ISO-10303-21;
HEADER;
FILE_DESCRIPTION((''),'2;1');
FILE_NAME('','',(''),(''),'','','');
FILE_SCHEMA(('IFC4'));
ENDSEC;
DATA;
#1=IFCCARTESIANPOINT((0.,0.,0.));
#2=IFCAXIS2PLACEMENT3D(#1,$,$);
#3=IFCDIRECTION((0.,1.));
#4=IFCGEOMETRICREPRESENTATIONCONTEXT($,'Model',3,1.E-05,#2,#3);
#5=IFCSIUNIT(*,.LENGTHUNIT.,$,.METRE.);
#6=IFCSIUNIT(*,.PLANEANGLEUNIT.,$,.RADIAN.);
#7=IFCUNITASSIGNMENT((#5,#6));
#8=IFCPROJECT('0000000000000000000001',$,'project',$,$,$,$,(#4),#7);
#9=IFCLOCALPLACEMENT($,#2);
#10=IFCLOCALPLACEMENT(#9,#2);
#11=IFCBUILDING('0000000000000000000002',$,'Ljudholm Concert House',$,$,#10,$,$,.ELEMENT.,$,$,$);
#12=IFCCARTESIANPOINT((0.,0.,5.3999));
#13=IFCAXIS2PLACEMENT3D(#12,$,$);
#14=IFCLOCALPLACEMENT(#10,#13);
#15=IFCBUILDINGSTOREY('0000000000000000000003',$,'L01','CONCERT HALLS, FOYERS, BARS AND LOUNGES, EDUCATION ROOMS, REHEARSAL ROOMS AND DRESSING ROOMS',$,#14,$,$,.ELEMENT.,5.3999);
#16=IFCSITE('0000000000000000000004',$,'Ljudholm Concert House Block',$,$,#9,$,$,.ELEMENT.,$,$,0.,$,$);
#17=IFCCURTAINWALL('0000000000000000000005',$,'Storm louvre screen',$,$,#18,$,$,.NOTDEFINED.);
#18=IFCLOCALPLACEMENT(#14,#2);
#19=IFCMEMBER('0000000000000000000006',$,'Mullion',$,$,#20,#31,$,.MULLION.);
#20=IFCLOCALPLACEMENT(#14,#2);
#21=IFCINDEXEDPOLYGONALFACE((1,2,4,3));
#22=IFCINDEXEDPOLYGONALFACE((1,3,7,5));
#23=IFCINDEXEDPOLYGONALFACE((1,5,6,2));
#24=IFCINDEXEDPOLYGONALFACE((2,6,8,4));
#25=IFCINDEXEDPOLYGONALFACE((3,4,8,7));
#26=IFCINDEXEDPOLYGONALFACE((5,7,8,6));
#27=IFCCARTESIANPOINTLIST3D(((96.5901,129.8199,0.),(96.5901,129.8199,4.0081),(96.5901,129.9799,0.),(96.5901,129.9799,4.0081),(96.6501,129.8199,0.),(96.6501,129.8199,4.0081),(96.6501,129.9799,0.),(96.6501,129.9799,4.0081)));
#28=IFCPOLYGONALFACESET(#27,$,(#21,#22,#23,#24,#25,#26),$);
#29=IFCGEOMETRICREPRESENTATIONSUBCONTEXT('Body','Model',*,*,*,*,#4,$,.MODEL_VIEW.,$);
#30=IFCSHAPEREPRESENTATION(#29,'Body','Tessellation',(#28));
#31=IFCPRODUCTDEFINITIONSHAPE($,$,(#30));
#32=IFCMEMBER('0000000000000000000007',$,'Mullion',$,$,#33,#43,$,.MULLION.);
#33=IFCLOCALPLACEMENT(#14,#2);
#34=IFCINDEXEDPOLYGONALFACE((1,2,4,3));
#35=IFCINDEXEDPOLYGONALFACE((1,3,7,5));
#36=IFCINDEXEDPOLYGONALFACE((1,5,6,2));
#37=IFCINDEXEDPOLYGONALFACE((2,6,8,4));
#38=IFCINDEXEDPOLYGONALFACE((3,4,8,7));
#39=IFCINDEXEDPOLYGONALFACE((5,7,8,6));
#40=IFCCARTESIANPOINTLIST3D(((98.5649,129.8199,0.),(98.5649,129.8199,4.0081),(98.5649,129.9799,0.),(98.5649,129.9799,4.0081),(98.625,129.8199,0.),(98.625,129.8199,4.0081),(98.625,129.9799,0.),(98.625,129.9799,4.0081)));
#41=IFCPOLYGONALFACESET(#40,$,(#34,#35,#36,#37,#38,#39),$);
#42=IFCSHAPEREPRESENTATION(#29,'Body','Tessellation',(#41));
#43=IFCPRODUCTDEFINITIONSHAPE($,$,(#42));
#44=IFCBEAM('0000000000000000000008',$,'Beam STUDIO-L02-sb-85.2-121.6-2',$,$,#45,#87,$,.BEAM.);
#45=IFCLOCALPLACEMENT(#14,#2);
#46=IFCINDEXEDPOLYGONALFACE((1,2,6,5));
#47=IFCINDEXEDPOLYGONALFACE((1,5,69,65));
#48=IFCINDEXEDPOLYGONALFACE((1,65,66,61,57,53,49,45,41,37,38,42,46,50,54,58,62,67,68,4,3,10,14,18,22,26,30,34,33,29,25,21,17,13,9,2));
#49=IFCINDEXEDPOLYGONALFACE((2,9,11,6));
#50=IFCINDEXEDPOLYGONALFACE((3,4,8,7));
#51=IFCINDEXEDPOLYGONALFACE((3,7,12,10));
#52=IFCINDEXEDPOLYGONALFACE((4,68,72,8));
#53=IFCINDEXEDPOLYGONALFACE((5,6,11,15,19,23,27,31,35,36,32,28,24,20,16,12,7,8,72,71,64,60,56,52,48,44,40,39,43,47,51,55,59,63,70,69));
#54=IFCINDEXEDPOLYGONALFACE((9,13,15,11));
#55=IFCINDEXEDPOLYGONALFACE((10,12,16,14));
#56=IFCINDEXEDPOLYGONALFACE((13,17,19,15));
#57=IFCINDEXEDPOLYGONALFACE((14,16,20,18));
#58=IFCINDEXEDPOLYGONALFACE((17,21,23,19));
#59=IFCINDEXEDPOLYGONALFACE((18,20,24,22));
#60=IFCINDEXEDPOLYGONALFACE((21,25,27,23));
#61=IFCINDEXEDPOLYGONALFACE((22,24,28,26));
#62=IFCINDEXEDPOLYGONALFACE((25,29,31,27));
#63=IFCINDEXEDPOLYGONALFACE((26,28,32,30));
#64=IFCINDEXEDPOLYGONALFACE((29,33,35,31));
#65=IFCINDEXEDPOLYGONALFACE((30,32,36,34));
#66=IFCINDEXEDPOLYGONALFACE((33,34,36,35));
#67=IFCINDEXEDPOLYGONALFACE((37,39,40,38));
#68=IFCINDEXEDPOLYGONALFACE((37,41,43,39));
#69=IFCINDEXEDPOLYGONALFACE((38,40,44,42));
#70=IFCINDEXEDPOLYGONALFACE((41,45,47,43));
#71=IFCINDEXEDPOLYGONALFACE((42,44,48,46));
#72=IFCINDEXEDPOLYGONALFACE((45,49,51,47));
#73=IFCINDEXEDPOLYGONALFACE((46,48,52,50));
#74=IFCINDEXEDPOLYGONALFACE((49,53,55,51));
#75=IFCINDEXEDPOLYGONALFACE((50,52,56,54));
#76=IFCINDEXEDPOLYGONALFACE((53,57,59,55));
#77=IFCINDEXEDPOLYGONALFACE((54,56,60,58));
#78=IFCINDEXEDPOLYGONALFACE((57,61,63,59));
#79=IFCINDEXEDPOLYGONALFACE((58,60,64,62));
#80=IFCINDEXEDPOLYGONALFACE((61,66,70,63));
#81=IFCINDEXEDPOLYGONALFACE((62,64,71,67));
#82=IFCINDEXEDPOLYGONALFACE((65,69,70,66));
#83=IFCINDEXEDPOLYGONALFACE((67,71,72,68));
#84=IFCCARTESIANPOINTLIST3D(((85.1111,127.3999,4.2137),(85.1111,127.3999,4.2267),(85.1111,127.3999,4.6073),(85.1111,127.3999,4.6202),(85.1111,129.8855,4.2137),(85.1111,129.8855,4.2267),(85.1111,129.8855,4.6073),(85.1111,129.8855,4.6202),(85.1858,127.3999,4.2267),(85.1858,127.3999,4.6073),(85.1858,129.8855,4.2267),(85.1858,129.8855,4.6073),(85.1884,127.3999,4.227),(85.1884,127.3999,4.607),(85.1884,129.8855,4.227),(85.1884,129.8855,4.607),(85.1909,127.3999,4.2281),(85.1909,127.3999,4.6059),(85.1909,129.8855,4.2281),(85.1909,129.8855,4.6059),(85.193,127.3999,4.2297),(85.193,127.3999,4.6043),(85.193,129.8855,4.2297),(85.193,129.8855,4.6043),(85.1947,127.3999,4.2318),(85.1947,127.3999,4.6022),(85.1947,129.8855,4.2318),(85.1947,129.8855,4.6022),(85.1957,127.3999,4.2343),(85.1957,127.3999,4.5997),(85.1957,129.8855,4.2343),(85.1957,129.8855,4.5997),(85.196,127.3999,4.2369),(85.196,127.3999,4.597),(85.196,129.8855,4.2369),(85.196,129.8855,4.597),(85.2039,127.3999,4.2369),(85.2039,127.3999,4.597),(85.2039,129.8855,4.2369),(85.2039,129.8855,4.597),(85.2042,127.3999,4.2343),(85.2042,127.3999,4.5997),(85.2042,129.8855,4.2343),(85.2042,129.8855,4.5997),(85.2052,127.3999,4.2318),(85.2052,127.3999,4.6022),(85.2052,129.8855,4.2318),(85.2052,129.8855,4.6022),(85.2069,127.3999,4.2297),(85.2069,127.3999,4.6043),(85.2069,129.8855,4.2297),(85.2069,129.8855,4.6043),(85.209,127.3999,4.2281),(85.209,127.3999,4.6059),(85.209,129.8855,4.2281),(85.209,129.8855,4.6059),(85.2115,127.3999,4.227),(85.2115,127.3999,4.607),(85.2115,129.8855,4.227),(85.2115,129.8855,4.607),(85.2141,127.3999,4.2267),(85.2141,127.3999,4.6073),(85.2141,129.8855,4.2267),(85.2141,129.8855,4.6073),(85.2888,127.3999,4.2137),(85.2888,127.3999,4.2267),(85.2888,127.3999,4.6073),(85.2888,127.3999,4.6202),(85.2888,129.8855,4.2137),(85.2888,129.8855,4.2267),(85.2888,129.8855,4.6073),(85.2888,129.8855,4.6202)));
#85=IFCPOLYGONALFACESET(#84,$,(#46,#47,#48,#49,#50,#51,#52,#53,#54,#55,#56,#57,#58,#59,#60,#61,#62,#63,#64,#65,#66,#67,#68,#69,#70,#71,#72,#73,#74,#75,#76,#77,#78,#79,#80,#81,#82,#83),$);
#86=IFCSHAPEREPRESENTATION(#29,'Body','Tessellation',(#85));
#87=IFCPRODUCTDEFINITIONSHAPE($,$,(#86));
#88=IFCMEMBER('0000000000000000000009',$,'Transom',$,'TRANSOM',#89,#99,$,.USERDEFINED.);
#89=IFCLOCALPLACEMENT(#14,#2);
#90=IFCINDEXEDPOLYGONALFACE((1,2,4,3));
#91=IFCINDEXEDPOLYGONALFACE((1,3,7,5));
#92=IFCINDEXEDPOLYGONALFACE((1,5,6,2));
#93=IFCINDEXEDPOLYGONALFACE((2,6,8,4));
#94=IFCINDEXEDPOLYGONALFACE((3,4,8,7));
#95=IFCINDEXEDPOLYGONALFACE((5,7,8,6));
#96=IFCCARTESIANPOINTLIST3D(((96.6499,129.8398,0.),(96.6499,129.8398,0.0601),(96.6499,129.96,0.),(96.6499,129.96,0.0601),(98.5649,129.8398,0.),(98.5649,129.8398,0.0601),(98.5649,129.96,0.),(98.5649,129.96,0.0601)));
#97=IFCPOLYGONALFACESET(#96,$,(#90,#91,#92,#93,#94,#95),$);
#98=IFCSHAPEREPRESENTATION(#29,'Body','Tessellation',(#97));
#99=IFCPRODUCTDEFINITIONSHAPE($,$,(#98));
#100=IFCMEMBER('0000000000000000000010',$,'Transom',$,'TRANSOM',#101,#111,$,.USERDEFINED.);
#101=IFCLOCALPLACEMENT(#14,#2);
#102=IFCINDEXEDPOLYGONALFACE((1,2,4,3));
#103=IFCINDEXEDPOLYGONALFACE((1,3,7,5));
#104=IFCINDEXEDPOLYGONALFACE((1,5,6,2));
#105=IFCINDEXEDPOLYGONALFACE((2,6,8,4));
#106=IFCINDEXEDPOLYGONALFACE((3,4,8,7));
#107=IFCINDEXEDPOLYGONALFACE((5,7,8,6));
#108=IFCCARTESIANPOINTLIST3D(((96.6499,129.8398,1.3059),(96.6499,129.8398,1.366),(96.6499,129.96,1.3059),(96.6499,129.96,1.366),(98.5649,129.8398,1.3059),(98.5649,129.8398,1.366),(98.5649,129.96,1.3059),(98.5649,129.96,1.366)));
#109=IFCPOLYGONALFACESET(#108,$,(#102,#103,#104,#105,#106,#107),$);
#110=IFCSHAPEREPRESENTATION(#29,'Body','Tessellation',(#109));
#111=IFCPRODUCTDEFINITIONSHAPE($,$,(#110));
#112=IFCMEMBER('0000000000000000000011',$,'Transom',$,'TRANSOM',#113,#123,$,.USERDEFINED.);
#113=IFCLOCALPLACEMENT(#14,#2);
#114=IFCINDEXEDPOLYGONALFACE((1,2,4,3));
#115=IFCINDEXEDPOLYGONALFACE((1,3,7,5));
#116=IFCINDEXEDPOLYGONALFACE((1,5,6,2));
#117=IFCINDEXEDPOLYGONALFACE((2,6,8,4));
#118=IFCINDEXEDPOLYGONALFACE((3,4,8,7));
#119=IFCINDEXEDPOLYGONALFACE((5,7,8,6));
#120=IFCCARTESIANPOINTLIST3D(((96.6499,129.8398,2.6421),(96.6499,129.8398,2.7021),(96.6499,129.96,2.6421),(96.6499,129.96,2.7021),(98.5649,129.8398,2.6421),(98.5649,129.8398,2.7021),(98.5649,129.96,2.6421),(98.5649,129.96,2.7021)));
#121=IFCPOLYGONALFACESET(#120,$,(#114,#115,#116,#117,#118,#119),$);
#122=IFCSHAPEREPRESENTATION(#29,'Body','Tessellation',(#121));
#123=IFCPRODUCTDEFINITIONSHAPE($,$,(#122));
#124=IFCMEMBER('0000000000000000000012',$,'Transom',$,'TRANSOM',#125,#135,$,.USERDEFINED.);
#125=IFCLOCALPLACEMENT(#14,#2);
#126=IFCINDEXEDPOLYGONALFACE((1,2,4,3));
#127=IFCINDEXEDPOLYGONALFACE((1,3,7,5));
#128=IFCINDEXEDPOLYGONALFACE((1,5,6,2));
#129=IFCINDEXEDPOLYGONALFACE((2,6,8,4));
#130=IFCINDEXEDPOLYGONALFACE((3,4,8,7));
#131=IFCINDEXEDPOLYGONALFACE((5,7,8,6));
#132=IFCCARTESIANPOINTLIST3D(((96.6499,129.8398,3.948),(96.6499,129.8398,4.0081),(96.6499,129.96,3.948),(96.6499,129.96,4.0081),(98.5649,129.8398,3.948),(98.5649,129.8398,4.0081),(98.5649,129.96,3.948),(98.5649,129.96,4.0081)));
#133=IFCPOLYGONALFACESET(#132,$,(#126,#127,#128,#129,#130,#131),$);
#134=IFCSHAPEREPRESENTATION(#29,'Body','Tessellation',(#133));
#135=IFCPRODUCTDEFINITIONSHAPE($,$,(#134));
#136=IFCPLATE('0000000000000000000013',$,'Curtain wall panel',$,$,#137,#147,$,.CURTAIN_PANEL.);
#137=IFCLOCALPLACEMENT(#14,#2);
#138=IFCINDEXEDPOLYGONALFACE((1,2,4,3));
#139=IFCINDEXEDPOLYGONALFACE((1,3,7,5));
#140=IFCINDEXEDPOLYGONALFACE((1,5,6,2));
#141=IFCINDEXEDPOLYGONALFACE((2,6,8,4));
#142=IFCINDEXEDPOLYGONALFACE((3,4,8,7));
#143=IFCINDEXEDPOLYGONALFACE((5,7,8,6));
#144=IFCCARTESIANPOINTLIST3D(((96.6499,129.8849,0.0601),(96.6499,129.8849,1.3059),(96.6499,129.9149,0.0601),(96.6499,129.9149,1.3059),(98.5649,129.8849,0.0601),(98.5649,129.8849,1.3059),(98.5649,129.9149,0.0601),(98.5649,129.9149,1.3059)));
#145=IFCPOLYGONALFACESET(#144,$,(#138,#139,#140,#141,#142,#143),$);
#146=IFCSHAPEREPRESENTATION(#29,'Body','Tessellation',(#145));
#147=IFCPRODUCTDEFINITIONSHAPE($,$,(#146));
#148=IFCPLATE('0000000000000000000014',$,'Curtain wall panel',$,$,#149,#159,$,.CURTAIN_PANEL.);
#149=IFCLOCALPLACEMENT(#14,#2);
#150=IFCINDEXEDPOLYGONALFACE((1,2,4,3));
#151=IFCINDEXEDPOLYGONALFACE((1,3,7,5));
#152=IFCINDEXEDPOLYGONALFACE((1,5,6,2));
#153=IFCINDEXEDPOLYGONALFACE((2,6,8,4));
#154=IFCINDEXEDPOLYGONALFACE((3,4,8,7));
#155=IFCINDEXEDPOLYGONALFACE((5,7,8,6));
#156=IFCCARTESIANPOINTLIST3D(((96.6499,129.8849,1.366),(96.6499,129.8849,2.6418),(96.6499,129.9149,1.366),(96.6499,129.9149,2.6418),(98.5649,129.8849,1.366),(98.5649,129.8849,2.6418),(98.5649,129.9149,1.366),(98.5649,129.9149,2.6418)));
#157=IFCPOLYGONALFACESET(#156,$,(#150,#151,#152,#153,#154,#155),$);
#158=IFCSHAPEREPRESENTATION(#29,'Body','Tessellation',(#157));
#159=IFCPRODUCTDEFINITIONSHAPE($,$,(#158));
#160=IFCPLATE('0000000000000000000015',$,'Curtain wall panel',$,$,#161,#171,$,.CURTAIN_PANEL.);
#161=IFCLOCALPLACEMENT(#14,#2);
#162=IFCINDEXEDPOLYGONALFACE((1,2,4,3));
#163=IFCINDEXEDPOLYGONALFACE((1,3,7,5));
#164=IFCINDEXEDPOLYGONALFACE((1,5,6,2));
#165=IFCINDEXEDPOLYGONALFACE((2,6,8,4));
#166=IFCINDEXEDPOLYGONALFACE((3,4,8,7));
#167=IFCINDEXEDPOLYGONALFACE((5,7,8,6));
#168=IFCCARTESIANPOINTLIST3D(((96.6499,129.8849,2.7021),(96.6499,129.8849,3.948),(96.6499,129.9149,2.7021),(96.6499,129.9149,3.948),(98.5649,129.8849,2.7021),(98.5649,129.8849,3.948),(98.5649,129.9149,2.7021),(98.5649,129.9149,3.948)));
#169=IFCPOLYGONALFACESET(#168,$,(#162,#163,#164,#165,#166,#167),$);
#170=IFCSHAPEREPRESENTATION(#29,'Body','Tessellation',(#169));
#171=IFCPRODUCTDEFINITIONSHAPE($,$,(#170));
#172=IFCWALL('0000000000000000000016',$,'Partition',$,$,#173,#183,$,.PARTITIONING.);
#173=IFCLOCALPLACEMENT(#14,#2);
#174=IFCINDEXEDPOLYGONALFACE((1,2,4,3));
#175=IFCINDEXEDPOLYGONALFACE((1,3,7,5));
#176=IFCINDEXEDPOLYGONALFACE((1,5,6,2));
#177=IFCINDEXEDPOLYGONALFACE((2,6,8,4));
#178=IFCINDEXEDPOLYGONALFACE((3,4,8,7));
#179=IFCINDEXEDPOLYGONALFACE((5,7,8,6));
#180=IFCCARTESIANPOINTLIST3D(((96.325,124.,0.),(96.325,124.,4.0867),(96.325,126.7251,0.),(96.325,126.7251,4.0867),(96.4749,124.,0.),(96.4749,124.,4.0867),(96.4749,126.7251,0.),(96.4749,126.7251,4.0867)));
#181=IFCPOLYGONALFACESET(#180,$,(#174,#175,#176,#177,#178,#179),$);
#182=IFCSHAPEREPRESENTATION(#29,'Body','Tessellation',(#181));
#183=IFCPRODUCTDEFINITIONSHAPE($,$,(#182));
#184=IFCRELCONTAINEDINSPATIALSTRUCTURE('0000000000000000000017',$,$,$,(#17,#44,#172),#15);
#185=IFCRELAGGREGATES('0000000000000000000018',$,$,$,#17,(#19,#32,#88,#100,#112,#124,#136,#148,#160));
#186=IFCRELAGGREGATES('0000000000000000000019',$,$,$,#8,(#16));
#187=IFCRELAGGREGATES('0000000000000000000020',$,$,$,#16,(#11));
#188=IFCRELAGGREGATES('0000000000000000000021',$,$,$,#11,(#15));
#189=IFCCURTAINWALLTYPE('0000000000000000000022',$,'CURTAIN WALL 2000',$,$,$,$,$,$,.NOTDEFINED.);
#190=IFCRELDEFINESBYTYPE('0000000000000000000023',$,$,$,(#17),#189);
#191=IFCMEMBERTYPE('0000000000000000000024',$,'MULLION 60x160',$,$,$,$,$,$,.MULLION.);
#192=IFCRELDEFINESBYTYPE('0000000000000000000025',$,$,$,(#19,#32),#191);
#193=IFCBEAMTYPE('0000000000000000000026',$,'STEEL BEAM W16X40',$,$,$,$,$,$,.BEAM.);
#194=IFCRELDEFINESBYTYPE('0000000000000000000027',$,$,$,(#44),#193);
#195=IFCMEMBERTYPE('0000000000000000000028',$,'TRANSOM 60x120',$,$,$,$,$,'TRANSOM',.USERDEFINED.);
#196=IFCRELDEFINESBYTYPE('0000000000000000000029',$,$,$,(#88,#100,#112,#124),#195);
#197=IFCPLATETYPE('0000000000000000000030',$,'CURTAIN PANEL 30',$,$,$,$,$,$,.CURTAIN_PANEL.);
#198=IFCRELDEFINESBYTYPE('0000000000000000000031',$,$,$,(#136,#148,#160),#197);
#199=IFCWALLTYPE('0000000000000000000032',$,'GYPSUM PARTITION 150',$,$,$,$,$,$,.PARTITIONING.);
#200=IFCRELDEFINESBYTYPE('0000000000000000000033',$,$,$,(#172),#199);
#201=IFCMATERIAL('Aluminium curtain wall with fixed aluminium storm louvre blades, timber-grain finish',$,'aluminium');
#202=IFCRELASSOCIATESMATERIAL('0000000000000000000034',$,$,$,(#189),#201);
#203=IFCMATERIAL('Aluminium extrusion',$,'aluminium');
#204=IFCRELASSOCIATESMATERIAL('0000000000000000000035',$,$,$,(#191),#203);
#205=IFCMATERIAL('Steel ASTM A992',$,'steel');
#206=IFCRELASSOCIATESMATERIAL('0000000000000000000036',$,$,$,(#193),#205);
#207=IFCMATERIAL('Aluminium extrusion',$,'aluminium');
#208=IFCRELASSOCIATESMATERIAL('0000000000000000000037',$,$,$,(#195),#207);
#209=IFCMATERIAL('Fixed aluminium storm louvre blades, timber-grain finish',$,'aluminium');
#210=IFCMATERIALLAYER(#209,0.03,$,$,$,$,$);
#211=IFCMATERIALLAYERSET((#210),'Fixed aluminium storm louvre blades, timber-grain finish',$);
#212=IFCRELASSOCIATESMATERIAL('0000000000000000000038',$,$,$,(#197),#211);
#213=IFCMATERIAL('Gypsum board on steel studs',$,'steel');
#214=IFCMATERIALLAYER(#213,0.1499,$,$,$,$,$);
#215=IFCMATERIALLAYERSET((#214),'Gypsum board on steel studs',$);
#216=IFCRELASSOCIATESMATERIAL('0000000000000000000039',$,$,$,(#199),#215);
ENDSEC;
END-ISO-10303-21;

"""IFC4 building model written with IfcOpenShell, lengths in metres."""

from ifc_helpers import new_model, si_unit, direction, frame, frame_2d, origin, origin_2d, place, context, subcontext, project, spatial, rectangle, i_section, extrude, material, layer, layer_set, material_profile, profile_set, type_object, element, aggregate, save


model = new_model("IFC4")

# Units and contexts
model_context = context("Model", 3, precision=1e-05, world=origin(), true_north=direction((0.0, 1.0)))
body_context = subcontext(model_context, "Body", "Model", "MODEL_VIEW")
ifc_project = project(units=[si_unit("LENGTHUNIT", "METRE"), si_unit("PLANEANGLEUNIT", "RADIAN")], contexts=[model_context])

# Site, building, storey
site_placement = place(None, origin())
site = spatial("IfcSite", under=ifc_project, at=site_placement, Name="Ljudholm Concert House Block", CompositionType="ELEMENT", RefElevation=0.0)
building_placement = place(site_placement, origin())
building = spatial("IfcBuilding", under=site, at=building_placement, Name="Ljudholm Concert House", CompositionType="ELEMENT")
storey_placement = place(building_placement, frame((0.0, 0.0, 5.3999)))
storey = spatial("IfcBuildingStorey", under=building, at=storey_placement, Name="L01", Description="CONCERT HALLS, FOYERS, BARS AND LOUNGES, EDUCATION ROOMS, REHEARSAL ROOMS AND DRESSING ROOMS", CompositionType="ELEMENT", Elevation=5.3999)

# Curtain wall, members
ifc_material_1 = material(Name="Aluminium curtain wall with fixed aluminium storm louvre blades, timber-grain finish", Category="aluminium")
curtain_wall_type = type_object("IfcCurtainWallType", Name="CURTAIN WALL 2000", PredefinedType="NOTDEFINED", material=ifc_material_1)
curtain_wall_placement = place(storey_placement, origin())
curtain_wall = element("IfcCurtainWall", 1, at=curtain_wall_placement, inside=storey, type_object=curtain_wall_type, Name="Storm louvre screen", PredefinedType="NOTDEFINED")
ifc_material_2 = material(Name="Aluminium extrusion", Category="aluminium")
ifc_material_profile_1 = material_profile(ifc_material_2, rectangle(XDim=0.1599, YDim=0.0601, at=origin_2d()), Name="MULLION 60x160")
ifc_profile_set_1 = profile_set([ifc_material_profile_1], Name="Aluminium extrusion")
member_type_1 = type_object("IfcMemberType", Name="MULLION 60x160", PredefinedType="MULLION", material=ifc_profile_set_1)
member_1_placement = place(storey_placement, frame((96.6201, 129.8999, 0.0), z_axis=(0.0, 0.0, 1.0), x_axis=(0.0, 1.0, 0.0)))
member_1 = element("IfcMember", 2, at=member_1_placement, type_object=member_type_1, Name="Mullion", PredefinedType="MULLION", context=body_context, shape_type="SweptSolid", body=[
    extrude(rectangle(XDim=0.1599, YDim=0.0601, at=origin_2d()), origin(), (0.0, 0.0, 1.0), 4.0081),
])
member_2_placement = place(storey_placement, frame((98.595, 129.8999, 0.0), z_axis=(0.0, 0.0, 1.0), x_axis=(0.0, 1.0, 0.0)))
member_2 = element("IfcMember", 3, at=member_2_placement, type_object=member_type_1, Name="Mullion", PredefinedType="MULLION", context=body_context, shape_type="SweptSolid", body=[
    extrude(rectangle(XDim=0.1599, YDim=0.0601, at=origin_2d()), origin(), (0.0, 0.0, 1.0), 4.0081),
])

# Beam
ifc_material_3 = material(Name="Steel ASTM A992", Category="steel")
ifc_material_profile_2 = material_profile(ifc_material_3, i_section(OverallWidth=0.1777, OverallDepth=0.4065, WebThickness=0.0078, FlangeThickness=0.0129, FilletRadius=0.0103, at=origin_2d()), Name="W16X40")
ifc_profile_set_2 = profile_set([ifc_material_profile_2], Name="Steel ASTM A992")
beam_type = type_object("IfcBeamType", Name="STEEL BEAM W16X40", PredefinedType="BEAM", material=ifc_profile_set_2)
beam_placement = place(storey_placement, frame((85.2, 127.3999, 4.417), z_axis=(0.0, 1.0, 0.0), x_axis=(-1.0, 0.0, 0.0)))
element("IfcBeam", 4, at=beam_placement, inside=storey, type_object=beam_type, Name="Beam STUDIO-L02-sb-85.2-121.6-2", PredefinedType="BEAM", context=body_context, shape_type="SweptSolid", body=[
    extrude(i_section(OverallWidth=0.1777, OverallDepth=0.4065, WebThickness=0.0078, FlangeThickness=0.0129, FilletRadius=0.0103, at=origin_2d()), origin(), (0.0, 0.0, 1.0), 2.4856),
])

# Members
ifc_material_4 = material(Name="Aluminium extrusion", Category="aluminium")
ifc_material_profile_3 = material_profile(ifc_material_4, rectangle(XDim=0.1201, YDim=0.0601, at=origin_2d()), Name="TRANSOM 60x120")
ifc_profile_set_3 = profile_set([ifc_material_profile_3], Name="Aluminium extrusion")
member_type_2 = type_object("IfcMemberType", Name="TRANSOM 60x120", ElementType="TRANSOM", PredefinedType="USERDEFINED", material=ifc_profile_set_3)
member_3_placement = place(storey_placement, frame((96.6499, 129.8999, 0.03), z_axis=(1.0, 0.0, 0.0), x_axis=(0.0, 1.0, 0.0)))
member_3 = element("IfcMember", 5, at=member_3_placement, type_object=member_type_2, Name="Transom", ObjectType="TRANSOM", PredefinedType="USERDEFINED", context=body_context, shape_type="SweptSolid", body=[
    extrude(rectangle(XDim=0.1201, YDim=0.0601, at=origin_2d()), origin(), (0.0, 0.0, 1.0), 1.915),
])
member_4_placement = place(storey_placement, frame((96.6499, 129.8999, 1.3359), z_axis=(1.0, 0.0, 0.0), x_axis=(0.0, 1.0, 0.0)))
member_4 = element("IfcMember", 6, at=member_4_placement, type_object=member_type_2, Name="Transom", ObjectType="TRANSOM", PredefinedType="USERDEFINED", context=body_context, shape_type="SweptSolid", body=[
    extrude(rectangle(XDim=0.1201, YDim=0.0601, at=origin_2d()), origin(), (0.0, 0.0, 1.0), 1.915),
])
member_5_placement = place(storey_placement, frame((96.6499, 129.8999, 2.6721), z_axis=(1.0, 0.0, 0.0), x_axis=(0.0, 1.0, 0.0)))
member_5 = element("IfcMember", 7, at=member_5_placement, type_object=member_type_2, Name="Transom", ObjectType="TRANSOM", PredefinedType="USERDEFINED", context=body_context, shape_type="SweptSolid", body=[
    extrude(rectangle(XDim=0.1201, YDim=0.0601, at=origin_2d()), origin(), (0.0, 0.0, 1.0), 1.915),
])
member_6_placement = place(storey_placement, frame((96.6499, 129.8999, 3.978), z_axis=(1.0, 0.0, 0.0), x_axis=(0.0, 1.0, 0.0)))
member_6 = element("IfcMember", 8, at=member_6_placement, type_object=member_type_2, Name="Transom", ObjectType="TRANSOM", PredefinedType="USERDEFINED", context=body_context, shape_type="SweptSolid", body=[
    extrude(rectangle(XDim=0.1201, YDim=0.0601, at=origin_2d()), origin(), (0.0, 0.0, 1.0), 1.915),
])

# Plates
ifc_material_5 = material(Name="Fixed aluminium storm louvre blades, timber-grain finish", Category="aluminium")
ifc_layer_1 = layer(ifc_material_5, 0.03)
ifc_layer_set_1 = layer_set([ifc_layer_1], Name="Fixed aluminium storm louvre blades, timber-grain finish")
plate_type = type_object("IfcPlateType", Name="CURTAIN PANEL 30", PredefinedType="CURTAIN_PANEL", material=ifc_layer_set_1)
plate_1_placement = place(storey_placement, frame((97.6074, 129.8999, 0.0601), z_axis=(0.0, 0.0, 1.0), x_axis=(1.0, 0.0, 0.0)))
plate_1 = element("IfcPlate", 9, at=plate_1_placement, type_object=plate_type, Name="Curtain wall panel", PredefinedType="CURTAIN_PANEL", context=body_context, shape_type="SweptSolid", body=[
    extrude(rectangle(XDim=1.915, YDim=0.03, at=origin_2d()), origin(), (0.0, 0.0, 1.0), 1.2458),
])
plate_2_placement = place(storey_placement, frame((97.6074, 129.8999, 1.366), z_axis=(0.0, 0.0, 1.0), x_axis=(1.0, 0.0, 0.0)))
plate_2 = element("IfcPlate", 10, at=plate_2_placement, type_object=plate_type, Name="Curtain wall panel", PredefinedType="CURTAIN_PANEL", context=body_context, shape_type="SweptSolid", body=[
    extrude(rectangle(XDim=1.915, YDim=0.03, at=origin_2d()), origin(), (0.0, 0.0, 1.0), 1.2759),
])
plate_3_placement = place(storey_placement, frame((97.6074, 129.8999, 2.7021), z_axis=(0.0, 0.0, 1.0), x_axis=(1.0, 0.0, 0.0)))
plate_3 = element("IfcPlate", 11, at=plate_3_placement, type_object=plate_type, Name="Curtain wall panel", PredefinedType="CURTAIN_PANEL", context=body_context, shape_type="SweptSolid", body=[
    extrude(rectangle(XDim=1.915, YDim=0.03, at=origin_2d()), origin(), (0.0, 0.0, 1.0), 1.2458),
])
aggregate(curtain_wall, [member_1, member_2, member_3, member_4, member_5, member_6, plate_1, plate_2, plate_3])

# Wall
ifc_material_6 = material(Name="Gypsum board on steel studs", Category="steel")
ifc_layer_2 = layer(ifc_material_6, 0.1499)
ifc_layer_set_2 = layer_set([ifc_layer_2], Name="Gypsum board on steel studs")
wall_type_1 = type_object("IfcWallType", Name="GYPSUM PARTITION 150", PredefinedType="PARTITIONING", material=ifc_layer_set_2)
wall_1_placement = place(storey_placement, frame((96.3999, 124.0, 0.0), z_axis=(0.0, 0.0, 1.0), x_axis=(0.0, 1.0, 0.0)))
element("IfcWall", 12, at=wall_1_placement, inside=storey, type_object=wall_type_1, Name="Partition", PredefinedType="PARTITIONING", context=body_context, shape_type="SweptSolid", body=[
    extrude(rectangle(XDim=2.7251, YDim=0.1499, at=frame_2d((1.3625, 0.0))), origin(), (0.0, 0.0, 1.0), 4.0867),
])

save(model, "model.ifc")
